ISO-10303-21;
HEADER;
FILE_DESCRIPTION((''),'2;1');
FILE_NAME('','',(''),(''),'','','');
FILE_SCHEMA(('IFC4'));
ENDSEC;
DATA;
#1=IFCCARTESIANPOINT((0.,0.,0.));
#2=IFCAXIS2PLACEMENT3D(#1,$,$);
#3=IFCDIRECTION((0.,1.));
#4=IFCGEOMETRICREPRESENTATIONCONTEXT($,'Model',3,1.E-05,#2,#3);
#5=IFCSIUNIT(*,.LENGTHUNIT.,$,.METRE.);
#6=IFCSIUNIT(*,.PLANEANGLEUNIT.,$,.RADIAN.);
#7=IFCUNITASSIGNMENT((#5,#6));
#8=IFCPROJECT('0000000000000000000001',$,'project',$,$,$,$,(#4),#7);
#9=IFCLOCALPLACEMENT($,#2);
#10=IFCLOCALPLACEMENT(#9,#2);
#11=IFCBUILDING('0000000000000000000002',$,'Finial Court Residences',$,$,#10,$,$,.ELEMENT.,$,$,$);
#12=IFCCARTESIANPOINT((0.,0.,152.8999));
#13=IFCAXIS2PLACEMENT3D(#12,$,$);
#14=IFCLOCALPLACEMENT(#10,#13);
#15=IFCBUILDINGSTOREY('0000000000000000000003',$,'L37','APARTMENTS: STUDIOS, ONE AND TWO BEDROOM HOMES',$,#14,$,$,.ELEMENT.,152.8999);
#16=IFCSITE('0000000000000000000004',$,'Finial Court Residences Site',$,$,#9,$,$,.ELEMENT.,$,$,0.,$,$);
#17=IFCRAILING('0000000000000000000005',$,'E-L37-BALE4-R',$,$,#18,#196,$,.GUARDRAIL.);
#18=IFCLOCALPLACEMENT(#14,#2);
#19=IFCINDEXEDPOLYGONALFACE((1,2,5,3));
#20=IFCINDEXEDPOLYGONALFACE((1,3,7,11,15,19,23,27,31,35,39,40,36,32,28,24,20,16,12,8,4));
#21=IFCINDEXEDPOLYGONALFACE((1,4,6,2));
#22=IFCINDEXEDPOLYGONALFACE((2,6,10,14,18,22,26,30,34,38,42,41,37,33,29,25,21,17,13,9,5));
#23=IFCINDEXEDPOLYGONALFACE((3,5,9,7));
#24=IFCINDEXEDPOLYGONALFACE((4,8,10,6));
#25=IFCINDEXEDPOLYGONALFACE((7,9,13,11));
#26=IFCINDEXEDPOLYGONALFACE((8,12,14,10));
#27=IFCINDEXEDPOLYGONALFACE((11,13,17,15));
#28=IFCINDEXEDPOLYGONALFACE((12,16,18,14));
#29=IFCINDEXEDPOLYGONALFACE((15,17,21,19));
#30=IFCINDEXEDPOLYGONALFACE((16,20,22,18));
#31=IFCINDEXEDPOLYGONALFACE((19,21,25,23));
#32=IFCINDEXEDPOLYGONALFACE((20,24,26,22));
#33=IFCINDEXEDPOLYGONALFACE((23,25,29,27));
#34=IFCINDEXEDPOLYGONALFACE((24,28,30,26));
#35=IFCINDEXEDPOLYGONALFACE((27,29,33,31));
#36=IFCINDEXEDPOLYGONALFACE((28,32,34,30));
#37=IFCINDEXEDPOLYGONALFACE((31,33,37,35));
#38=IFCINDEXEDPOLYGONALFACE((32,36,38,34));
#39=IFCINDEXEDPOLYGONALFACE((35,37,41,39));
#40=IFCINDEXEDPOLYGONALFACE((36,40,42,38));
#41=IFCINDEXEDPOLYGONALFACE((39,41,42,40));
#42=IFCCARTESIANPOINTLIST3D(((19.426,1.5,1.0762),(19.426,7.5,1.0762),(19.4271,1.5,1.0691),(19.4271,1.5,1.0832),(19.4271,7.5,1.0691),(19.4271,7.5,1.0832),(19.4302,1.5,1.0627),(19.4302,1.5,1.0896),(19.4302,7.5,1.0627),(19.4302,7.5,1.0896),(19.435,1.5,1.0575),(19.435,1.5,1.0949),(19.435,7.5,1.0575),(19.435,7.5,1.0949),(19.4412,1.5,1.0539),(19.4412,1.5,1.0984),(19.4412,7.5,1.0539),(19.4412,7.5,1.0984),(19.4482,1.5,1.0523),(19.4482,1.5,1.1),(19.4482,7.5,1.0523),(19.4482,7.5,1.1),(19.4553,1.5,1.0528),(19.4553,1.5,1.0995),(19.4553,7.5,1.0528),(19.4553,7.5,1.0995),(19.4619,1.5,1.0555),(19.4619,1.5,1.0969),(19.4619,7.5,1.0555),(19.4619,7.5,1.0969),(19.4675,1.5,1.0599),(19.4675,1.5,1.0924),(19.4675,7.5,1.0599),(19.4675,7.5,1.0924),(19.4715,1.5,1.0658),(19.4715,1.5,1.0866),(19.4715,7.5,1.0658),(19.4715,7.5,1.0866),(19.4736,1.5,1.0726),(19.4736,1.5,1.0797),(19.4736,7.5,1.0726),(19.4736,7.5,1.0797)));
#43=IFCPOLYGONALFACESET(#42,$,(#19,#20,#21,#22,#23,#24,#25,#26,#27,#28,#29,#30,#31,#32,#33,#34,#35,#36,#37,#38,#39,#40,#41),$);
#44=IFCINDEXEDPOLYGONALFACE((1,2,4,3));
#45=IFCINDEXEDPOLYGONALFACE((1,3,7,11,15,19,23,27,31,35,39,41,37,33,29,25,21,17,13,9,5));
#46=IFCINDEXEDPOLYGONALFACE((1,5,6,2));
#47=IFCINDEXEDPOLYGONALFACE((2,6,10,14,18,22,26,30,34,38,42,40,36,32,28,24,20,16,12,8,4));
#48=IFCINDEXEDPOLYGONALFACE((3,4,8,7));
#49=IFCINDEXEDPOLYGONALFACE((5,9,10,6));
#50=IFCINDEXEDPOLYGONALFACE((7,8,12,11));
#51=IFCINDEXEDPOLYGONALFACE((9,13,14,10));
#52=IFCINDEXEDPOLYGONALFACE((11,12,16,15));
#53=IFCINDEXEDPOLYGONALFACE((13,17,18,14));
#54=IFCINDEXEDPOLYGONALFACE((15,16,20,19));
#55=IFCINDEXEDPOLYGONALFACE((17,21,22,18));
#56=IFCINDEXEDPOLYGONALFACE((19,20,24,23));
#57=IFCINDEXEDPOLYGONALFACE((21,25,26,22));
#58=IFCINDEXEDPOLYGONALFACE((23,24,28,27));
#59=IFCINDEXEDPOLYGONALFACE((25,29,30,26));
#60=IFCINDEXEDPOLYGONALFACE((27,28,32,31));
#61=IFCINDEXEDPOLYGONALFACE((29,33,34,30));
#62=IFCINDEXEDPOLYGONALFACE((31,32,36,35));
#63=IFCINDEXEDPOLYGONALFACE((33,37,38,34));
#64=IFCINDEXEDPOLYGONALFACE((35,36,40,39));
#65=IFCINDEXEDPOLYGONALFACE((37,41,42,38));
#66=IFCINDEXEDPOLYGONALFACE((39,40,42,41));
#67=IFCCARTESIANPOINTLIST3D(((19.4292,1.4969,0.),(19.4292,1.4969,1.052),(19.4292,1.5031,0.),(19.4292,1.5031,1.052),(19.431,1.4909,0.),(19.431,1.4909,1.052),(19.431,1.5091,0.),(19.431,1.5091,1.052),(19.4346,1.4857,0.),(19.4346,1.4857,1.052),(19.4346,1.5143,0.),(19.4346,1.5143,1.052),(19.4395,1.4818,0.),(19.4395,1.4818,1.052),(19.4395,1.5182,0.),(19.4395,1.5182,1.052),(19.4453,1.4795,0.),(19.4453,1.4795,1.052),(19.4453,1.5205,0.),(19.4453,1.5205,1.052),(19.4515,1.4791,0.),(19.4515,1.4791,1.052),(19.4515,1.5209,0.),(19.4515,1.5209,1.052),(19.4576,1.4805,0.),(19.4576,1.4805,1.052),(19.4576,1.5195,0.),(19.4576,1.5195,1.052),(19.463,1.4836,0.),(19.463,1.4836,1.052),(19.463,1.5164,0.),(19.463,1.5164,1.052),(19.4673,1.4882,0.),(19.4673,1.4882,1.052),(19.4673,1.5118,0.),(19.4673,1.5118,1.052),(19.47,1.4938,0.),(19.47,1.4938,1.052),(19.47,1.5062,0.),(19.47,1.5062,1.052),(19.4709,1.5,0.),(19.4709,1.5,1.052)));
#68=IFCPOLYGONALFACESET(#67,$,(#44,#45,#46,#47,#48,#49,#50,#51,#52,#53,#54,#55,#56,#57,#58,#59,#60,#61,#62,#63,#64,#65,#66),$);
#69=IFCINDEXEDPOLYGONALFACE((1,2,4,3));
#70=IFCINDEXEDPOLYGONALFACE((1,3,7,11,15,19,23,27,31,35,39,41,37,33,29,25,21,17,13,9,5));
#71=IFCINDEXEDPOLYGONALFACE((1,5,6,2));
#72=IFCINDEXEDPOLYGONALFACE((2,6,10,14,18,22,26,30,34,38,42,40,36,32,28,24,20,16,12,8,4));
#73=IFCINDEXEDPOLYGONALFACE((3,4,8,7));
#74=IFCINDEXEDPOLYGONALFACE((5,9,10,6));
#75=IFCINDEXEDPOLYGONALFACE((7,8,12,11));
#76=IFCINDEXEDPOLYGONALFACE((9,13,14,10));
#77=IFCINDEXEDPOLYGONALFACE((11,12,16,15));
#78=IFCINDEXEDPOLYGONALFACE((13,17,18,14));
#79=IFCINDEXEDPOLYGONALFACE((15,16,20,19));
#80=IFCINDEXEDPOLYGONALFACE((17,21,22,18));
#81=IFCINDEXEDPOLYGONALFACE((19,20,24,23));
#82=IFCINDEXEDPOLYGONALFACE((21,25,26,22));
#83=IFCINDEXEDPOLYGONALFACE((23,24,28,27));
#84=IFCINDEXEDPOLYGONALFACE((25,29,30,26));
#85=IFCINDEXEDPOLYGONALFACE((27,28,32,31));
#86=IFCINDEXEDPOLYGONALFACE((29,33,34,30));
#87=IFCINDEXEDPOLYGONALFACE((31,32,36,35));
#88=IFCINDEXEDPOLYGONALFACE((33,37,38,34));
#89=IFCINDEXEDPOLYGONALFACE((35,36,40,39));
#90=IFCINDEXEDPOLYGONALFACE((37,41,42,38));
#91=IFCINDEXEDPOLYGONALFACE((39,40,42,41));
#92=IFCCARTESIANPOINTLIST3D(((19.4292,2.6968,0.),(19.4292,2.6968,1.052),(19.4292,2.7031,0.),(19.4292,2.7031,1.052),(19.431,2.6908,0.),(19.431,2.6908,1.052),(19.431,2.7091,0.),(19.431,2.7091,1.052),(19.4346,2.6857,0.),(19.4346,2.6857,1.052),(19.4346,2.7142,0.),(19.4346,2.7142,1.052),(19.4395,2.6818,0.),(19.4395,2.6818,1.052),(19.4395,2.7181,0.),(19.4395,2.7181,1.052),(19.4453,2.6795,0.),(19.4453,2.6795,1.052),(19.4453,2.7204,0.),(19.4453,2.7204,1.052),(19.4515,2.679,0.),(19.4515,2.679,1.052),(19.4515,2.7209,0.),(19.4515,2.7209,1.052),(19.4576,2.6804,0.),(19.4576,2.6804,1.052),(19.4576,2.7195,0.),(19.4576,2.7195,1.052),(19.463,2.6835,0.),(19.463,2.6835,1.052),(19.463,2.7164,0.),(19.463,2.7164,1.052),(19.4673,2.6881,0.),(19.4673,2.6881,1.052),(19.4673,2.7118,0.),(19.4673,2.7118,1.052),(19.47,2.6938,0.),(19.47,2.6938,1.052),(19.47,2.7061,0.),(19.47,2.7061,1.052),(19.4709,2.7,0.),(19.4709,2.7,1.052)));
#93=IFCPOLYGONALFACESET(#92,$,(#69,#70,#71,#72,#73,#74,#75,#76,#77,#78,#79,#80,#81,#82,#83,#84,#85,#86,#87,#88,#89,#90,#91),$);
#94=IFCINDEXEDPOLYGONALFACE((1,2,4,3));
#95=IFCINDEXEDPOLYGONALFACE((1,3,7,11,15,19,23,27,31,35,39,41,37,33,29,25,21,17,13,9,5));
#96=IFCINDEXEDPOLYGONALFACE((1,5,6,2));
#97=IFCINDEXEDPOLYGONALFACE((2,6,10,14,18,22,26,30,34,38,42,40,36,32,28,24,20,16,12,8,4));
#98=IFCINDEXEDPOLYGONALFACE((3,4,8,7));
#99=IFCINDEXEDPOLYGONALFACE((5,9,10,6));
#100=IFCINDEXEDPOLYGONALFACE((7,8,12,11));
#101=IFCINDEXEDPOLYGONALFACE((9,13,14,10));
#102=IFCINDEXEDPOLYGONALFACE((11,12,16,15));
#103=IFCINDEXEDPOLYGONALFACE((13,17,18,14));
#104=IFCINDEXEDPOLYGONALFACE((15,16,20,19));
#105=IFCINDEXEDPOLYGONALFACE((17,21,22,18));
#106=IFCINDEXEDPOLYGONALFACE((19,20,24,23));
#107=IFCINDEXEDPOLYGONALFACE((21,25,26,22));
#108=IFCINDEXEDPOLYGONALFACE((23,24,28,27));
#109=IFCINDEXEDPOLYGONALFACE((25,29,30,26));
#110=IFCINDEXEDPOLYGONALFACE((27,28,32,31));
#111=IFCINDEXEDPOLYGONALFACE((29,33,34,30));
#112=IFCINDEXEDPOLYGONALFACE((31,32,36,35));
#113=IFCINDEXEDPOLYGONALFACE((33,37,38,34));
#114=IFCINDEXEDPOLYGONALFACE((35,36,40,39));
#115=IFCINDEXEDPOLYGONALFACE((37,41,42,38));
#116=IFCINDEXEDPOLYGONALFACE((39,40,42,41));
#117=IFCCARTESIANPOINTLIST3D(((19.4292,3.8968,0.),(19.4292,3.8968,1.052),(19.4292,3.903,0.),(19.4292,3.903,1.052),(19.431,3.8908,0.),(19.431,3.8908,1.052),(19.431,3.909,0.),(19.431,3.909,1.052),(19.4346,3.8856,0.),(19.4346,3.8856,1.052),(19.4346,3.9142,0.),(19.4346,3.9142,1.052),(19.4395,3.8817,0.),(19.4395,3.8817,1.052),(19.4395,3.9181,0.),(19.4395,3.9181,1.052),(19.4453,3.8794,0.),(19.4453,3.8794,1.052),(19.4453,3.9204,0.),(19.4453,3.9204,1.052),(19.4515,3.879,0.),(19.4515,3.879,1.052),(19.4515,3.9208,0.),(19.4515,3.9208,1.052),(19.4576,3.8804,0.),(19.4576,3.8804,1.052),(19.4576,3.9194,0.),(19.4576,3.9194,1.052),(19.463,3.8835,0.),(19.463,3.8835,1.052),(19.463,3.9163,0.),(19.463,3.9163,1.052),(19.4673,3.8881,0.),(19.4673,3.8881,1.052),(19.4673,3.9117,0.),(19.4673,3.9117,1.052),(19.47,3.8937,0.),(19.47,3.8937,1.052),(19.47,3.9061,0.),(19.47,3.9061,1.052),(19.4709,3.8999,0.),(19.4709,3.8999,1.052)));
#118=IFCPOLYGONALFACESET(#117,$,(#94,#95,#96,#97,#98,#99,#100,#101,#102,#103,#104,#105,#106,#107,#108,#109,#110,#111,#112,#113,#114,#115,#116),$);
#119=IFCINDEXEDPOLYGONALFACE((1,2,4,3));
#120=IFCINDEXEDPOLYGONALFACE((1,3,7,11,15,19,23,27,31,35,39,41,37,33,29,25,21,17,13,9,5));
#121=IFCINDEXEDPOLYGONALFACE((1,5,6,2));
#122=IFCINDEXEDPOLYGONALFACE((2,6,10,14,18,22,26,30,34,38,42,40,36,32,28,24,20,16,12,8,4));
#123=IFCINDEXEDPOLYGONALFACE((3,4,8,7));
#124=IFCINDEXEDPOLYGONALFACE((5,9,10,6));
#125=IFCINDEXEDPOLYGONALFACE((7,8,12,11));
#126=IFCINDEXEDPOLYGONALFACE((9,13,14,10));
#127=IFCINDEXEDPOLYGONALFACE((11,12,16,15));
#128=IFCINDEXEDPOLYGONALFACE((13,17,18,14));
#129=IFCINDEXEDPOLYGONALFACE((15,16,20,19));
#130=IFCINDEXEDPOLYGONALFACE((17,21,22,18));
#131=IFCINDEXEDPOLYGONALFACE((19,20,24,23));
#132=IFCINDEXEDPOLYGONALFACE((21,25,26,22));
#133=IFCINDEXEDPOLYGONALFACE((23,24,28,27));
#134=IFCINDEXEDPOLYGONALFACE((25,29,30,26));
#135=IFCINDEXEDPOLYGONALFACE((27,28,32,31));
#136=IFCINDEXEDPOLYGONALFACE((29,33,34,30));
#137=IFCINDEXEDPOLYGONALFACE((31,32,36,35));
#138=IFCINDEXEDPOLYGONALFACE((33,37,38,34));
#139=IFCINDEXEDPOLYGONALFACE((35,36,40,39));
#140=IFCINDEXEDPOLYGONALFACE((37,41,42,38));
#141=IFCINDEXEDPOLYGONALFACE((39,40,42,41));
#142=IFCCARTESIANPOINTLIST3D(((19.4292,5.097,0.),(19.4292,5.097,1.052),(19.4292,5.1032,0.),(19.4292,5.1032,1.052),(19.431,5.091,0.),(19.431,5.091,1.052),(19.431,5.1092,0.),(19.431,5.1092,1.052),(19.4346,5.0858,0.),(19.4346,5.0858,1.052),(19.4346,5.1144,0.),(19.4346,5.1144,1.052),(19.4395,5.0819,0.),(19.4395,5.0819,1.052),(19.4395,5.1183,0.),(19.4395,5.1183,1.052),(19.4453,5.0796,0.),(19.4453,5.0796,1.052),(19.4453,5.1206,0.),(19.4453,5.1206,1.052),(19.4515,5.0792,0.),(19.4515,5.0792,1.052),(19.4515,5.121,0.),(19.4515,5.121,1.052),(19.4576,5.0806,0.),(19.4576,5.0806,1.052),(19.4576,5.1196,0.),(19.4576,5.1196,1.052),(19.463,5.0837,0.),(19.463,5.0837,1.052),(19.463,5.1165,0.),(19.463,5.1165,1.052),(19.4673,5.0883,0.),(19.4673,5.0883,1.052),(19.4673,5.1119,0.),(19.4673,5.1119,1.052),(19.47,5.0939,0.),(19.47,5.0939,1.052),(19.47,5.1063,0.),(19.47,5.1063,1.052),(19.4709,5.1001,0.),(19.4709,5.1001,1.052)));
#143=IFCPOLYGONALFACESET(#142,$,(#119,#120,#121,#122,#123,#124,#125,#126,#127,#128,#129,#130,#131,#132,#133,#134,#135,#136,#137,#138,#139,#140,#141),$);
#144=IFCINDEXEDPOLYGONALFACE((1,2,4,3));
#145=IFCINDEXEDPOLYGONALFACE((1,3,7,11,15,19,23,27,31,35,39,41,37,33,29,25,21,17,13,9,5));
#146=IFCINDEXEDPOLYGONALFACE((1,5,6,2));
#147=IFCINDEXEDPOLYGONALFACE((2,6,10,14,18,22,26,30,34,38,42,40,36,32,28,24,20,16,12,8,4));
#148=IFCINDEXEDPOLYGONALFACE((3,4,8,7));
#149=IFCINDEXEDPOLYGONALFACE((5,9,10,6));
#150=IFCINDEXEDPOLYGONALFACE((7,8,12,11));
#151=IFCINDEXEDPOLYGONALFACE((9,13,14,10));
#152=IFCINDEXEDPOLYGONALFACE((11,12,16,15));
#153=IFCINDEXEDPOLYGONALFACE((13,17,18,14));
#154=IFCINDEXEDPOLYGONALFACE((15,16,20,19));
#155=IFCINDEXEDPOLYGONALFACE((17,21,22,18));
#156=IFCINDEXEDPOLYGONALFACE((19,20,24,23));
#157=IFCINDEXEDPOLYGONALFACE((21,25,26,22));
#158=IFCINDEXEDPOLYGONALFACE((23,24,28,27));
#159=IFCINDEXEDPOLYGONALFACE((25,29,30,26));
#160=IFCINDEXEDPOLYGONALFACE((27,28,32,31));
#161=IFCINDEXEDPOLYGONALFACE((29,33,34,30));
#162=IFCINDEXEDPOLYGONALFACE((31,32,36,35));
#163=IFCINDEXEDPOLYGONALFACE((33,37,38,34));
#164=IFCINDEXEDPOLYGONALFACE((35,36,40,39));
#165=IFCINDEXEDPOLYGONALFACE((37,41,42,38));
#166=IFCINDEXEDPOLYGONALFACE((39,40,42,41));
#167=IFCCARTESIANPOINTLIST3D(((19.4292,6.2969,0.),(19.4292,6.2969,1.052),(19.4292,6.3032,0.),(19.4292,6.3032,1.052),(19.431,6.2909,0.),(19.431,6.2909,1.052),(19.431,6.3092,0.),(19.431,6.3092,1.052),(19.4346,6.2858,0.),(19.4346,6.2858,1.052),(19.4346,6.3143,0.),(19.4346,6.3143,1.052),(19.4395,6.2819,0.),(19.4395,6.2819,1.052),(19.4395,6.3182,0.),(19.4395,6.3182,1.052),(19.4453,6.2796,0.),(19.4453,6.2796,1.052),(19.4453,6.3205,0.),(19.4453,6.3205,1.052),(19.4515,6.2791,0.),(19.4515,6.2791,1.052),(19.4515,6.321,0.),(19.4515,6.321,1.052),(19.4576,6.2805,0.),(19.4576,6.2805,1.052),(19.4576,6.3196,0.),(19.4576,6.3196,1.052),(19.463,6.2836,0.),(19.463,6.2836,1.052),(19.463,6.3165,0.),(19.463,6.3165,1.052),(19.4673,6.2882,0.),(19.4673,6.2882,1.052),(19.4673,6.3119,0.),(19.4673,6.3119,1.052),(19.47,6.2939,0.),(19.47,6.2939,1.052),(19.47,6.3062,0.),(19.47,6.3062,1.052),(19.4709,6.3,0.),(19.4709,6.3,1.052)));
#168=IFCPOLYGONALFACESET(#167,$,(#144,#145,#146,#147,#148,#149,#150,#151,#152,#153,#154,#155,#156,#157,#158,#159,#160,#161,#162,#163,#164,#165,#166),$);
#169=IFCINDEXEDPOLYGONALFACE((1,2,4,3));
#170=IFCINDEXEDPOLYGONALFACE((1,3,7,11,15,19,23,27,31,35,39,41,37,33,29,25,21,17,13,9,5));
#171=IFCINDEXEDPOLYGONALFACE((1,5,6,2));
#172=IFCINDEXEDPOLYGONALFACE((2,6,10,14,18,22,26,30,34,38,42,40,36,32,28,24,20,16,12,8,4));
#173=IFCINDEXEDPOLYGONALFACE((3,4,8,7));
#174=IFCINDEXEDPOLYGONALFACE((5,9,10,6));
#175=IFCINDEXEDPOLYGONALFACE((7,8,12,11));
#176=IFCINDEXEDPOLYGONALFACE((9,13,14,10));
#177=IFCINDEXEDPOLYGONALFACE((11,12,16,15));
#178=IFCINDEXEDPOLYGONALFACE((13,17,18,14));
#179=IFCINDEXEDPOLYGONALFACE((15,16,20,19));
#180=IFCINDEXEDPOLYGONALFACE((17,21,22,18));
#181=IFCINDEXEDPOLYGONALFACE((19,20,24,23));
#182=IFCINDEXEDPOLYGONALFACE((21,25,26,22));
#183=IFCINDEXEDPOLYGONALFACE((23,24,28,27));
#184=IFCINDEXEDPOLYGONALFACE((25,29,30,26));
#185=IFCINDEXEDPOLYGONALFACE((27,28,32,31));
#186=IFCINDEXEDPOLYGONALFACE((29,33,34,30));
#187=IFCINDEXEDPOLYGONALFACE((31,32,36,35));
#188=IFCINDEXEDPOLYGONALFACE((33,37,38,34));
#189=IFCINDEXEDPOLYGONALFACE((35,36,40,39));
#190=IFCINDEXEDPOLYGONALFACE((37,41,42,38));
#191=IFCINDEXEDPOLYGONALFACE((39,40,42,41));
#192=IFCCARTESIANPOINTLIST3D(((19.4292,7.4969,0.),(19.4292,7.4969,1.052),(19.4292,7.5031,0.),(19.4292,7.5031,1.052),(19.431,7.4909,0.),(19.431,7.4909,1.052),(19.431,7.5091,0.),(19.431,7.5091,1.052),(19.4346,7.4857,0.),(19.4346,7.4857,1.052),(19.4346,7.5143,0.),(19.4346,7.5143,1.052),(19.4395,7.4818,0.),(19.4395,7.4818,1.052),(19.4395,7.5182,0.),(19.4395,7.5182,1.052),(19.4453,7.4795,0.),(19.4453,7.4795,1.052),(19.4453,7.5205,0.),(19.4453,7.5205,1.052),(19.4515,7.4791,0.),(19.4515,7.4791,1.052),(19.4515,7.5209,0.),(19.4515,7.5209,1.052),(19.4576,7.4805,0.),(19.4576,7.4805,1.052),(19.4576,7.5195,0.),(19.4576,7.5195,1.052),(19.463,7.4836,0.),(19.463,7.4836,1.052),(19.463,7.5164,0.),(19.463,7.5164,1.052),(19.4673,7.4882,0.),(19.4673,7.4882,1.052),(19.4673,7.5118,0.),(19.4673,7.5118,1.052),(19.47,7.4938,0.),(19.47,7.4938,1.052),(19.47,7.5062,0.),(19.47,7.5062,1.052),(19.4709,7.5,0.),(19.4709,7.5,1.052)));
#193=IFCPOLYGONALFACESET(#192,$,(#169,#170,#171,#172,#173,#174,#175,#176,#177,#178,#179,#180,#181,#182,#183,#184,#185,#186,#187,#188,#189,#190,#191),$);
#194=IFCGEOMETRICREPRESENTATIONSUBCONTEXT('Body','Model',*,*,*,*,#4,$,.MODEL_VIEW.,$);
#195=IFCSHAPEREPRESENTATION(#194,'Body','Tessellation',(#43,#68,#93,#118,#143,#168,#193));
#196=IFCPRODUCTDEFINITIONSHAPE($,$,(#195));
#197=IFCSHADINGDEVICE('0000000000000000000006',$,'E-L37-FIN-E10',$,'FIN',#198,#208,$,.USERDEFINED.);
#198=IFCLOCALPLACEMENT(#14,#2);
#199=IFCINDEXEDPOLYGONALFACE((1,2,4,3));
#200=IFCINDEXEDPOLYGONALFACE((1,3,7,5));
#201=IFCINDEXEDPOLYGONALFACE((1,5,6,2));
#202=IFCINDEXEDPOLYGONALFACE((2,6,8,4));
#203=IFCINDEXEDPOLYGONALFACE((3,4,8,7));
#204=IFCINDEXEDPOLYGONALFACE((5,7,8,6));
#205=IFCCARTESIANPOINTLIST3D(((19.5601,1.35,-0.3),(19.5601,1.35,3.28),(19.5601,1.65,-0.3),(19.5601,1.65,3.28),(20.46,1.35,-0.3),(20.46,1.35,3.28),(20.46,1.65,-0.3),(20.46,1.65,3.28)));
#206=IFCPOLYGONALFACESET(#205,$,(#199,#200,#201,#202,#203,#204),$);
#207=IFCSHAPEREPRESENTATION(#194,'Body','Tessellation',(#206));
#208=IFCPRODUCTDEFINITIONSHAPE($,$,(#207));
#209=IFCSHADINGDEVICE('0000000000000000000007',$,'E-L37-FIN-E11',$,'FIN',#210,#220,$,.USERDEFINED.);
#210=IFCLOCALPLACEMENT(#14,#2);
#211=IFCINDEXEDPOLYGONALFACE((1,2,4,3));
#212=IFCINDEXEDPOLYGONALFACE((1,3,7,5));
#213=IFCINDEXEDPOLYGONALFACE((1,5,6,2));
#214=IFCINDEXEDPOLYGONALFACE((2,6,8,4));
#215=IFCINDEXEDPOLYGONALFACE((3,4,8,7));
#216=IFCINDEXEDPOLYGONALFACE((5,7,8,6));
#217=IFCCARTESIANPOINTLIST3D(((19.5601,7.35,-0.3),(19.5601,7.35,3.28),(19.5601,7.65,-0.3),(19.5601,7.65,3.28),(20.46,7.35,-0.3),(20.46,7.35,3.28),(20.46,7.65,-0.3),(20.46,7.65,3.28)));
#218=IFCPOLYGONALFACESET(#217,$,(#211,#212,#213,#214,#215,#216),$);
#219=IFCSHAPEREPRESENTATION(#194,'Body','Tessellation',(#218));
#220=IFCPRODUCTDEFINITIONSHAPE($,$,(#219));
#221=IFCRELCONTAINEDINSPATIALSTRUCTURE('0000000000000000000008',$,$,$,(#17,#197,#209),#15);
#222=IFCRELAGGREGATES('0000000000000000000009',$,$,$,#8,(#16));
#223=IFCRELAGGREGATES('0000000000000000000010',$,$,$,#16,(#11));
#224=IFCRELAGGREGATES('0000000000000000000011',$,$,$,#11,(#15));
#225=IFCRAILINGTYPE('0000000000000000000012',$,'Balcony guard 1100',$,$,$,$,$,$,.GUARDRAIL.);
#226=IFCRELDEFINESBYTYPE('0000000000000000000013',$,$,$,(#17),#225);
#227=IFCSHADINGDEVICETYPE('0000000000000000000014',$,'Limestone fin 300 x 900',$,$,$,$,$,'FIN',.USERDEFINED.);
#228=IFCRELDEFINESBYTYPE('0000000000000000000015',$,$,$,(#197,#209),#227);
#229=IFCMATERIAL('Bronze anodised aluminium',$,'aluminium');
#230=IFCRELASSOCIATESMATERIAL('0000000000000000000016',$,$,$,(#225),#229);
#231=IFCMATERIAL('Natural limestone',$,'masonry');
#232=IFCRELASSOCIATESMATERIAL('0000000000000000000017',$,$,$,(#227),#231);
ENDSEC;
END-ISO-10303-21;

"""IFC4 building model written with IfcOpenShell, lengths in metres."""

from ifc_helpers import new_model, si_unit, direction, frame, origin, origin_2d, place, context, subcontext, project, spatial, rectangle, circle, extrude, material, type_object, element, save


model = new_model("IFC4")

# Units and contexts
model_context = context("Model", 3, precision=1e-05, world=origin(), true_north=direction((0.0, 1.0)))
body_context = subcontext(model_context, "Body", "Model", "MODEL_VIEW")
ifc_project = project(units=[si_unit("LENGTHUNIT", "METRE"), si_unit("PLANEANGLEUNIT", "RADIAN")], contexts=[model_context])

# Site, building, storey
site_placement = place(None, origin())
site = spatial("IfcSite", under=ifc_project, at=site_placement, Name="Finial Court Residences Site", CompositionType="ELEMENT", RefElevation=0.0)
building_placement = place(site_placement, origin())
building = spatial("IfcBuilding", under=site, at=building_placement, Name="Finial Court Residences", CompositionType="ELEMENT")
storey_placement = place(building_placement, frame((0.0, 0.0, 152.8999)))
storey = spatial("IfcBuildingStorey", under=building, at=storey_placement, Name="L37", Description="APARTMENTS: STUDIOS, ONE AND TWO BEDROOM HOMES", CompositionType="ELEMENT", Elevation=152.8999)

# Shared definitions
ifc_material_1 = material(Name="Bronze anodised aluminium", Category="aluminium")

# Shared definitions
ifc_material_2 = material(Name="Natural limestone", Category="masonry")

# Railing
railing_type = type_object("IfcRailingType", Name="Balcony guard 1100", PredefinedType="GUARDRAIL", material=ifc_material_1)
railing_placement = place(storey_placement, frame((19.45, 1.5, 0.0)))
element("IfcRailing", 1, at=railing_placement, inside=storey, type_object=railing_type, Name="E-L37-BALE4-R", PredefinedType="GUARDRAIL", context=body_context, shape_type="SweptSolid", body=[
    extrude(circle(Radius=0.0239, at=origin_2d()), frame((0.0, 0.0, 1.0762), z_axis=(0.0, 1.0, 0.0), x_axis=(-1.0, 0.0, 0.0)), (0.0, 0.0, 1.0), 6.0),
    extrude(circle(Radius=0.021, at=origin_2d()), origin(), (0.0, 0.0, 1.0), 1.052),
    extrude(circle(Radius=0.021, at=origin_2d()), frame((0.0, 1.2, 0.0)), (0.0, 0.0, 1.0), 1.052),
    extrude(circle(Radius=0.021, at=origin_2d()), frame((0.0, 2.3999, 0.0)), (0.0, 0.0, 1.0), 1.052),
    extrude(circle(Radius=0.021, at=origin_2d()), frame((0.0, 3.6001, 0.0)), (0.0, 0.0, 1.0), 1.052),
    extrude(circle(Radius=0.021, at=origin_2d()), frame((0.0, 4.8, 0.0)), (0.0, 0.0, 1.0), 1.052),
    extrude(circle(Radius=0.021, at=origin_2d()), frame((0.0, 6.0, 0.0)), (0.0, 0.0, 1.0), 1.052),
])

# Shading devices
shading_device_type = type_object("IfcShadingDeviceType", Name="Limestone fin 300 x 900", ElementType="FIN", PredefinedType="USERDEFINED", material=ifc_material_2)
for number, where, z_axis, x_axis, name in (
    (2, (20.01, 1.5, -0.3), (0.0, 0.0, 1.0), (1.0, 0.0, 0.0), "E-L37-FIN-E10"),
    (3, (20.01, 7.5, -0.3), (0.0, 0.0, 1.0), (1.0, 0.0, 0.0), "E-L37-FIN-E11"),
):
    element("IfcShadingDevice", number, at=place(storey_placement, frame(where, z_axis=z_axis, x_axis=x_axis)), inside=storey, type_object=shading_device_type, Name=name, ObjectType="FIN", PredefinedType="USERDEFINED", context=body_context, shape_type="SweptSolid", body=[
        extrude(rectangle(XDim=0.8999, YDim=0.3, at=origin_2d()), origin(), (0.0, 0.0, 1.0), 3.5801),
    ])

save(model, "model.ifc")
